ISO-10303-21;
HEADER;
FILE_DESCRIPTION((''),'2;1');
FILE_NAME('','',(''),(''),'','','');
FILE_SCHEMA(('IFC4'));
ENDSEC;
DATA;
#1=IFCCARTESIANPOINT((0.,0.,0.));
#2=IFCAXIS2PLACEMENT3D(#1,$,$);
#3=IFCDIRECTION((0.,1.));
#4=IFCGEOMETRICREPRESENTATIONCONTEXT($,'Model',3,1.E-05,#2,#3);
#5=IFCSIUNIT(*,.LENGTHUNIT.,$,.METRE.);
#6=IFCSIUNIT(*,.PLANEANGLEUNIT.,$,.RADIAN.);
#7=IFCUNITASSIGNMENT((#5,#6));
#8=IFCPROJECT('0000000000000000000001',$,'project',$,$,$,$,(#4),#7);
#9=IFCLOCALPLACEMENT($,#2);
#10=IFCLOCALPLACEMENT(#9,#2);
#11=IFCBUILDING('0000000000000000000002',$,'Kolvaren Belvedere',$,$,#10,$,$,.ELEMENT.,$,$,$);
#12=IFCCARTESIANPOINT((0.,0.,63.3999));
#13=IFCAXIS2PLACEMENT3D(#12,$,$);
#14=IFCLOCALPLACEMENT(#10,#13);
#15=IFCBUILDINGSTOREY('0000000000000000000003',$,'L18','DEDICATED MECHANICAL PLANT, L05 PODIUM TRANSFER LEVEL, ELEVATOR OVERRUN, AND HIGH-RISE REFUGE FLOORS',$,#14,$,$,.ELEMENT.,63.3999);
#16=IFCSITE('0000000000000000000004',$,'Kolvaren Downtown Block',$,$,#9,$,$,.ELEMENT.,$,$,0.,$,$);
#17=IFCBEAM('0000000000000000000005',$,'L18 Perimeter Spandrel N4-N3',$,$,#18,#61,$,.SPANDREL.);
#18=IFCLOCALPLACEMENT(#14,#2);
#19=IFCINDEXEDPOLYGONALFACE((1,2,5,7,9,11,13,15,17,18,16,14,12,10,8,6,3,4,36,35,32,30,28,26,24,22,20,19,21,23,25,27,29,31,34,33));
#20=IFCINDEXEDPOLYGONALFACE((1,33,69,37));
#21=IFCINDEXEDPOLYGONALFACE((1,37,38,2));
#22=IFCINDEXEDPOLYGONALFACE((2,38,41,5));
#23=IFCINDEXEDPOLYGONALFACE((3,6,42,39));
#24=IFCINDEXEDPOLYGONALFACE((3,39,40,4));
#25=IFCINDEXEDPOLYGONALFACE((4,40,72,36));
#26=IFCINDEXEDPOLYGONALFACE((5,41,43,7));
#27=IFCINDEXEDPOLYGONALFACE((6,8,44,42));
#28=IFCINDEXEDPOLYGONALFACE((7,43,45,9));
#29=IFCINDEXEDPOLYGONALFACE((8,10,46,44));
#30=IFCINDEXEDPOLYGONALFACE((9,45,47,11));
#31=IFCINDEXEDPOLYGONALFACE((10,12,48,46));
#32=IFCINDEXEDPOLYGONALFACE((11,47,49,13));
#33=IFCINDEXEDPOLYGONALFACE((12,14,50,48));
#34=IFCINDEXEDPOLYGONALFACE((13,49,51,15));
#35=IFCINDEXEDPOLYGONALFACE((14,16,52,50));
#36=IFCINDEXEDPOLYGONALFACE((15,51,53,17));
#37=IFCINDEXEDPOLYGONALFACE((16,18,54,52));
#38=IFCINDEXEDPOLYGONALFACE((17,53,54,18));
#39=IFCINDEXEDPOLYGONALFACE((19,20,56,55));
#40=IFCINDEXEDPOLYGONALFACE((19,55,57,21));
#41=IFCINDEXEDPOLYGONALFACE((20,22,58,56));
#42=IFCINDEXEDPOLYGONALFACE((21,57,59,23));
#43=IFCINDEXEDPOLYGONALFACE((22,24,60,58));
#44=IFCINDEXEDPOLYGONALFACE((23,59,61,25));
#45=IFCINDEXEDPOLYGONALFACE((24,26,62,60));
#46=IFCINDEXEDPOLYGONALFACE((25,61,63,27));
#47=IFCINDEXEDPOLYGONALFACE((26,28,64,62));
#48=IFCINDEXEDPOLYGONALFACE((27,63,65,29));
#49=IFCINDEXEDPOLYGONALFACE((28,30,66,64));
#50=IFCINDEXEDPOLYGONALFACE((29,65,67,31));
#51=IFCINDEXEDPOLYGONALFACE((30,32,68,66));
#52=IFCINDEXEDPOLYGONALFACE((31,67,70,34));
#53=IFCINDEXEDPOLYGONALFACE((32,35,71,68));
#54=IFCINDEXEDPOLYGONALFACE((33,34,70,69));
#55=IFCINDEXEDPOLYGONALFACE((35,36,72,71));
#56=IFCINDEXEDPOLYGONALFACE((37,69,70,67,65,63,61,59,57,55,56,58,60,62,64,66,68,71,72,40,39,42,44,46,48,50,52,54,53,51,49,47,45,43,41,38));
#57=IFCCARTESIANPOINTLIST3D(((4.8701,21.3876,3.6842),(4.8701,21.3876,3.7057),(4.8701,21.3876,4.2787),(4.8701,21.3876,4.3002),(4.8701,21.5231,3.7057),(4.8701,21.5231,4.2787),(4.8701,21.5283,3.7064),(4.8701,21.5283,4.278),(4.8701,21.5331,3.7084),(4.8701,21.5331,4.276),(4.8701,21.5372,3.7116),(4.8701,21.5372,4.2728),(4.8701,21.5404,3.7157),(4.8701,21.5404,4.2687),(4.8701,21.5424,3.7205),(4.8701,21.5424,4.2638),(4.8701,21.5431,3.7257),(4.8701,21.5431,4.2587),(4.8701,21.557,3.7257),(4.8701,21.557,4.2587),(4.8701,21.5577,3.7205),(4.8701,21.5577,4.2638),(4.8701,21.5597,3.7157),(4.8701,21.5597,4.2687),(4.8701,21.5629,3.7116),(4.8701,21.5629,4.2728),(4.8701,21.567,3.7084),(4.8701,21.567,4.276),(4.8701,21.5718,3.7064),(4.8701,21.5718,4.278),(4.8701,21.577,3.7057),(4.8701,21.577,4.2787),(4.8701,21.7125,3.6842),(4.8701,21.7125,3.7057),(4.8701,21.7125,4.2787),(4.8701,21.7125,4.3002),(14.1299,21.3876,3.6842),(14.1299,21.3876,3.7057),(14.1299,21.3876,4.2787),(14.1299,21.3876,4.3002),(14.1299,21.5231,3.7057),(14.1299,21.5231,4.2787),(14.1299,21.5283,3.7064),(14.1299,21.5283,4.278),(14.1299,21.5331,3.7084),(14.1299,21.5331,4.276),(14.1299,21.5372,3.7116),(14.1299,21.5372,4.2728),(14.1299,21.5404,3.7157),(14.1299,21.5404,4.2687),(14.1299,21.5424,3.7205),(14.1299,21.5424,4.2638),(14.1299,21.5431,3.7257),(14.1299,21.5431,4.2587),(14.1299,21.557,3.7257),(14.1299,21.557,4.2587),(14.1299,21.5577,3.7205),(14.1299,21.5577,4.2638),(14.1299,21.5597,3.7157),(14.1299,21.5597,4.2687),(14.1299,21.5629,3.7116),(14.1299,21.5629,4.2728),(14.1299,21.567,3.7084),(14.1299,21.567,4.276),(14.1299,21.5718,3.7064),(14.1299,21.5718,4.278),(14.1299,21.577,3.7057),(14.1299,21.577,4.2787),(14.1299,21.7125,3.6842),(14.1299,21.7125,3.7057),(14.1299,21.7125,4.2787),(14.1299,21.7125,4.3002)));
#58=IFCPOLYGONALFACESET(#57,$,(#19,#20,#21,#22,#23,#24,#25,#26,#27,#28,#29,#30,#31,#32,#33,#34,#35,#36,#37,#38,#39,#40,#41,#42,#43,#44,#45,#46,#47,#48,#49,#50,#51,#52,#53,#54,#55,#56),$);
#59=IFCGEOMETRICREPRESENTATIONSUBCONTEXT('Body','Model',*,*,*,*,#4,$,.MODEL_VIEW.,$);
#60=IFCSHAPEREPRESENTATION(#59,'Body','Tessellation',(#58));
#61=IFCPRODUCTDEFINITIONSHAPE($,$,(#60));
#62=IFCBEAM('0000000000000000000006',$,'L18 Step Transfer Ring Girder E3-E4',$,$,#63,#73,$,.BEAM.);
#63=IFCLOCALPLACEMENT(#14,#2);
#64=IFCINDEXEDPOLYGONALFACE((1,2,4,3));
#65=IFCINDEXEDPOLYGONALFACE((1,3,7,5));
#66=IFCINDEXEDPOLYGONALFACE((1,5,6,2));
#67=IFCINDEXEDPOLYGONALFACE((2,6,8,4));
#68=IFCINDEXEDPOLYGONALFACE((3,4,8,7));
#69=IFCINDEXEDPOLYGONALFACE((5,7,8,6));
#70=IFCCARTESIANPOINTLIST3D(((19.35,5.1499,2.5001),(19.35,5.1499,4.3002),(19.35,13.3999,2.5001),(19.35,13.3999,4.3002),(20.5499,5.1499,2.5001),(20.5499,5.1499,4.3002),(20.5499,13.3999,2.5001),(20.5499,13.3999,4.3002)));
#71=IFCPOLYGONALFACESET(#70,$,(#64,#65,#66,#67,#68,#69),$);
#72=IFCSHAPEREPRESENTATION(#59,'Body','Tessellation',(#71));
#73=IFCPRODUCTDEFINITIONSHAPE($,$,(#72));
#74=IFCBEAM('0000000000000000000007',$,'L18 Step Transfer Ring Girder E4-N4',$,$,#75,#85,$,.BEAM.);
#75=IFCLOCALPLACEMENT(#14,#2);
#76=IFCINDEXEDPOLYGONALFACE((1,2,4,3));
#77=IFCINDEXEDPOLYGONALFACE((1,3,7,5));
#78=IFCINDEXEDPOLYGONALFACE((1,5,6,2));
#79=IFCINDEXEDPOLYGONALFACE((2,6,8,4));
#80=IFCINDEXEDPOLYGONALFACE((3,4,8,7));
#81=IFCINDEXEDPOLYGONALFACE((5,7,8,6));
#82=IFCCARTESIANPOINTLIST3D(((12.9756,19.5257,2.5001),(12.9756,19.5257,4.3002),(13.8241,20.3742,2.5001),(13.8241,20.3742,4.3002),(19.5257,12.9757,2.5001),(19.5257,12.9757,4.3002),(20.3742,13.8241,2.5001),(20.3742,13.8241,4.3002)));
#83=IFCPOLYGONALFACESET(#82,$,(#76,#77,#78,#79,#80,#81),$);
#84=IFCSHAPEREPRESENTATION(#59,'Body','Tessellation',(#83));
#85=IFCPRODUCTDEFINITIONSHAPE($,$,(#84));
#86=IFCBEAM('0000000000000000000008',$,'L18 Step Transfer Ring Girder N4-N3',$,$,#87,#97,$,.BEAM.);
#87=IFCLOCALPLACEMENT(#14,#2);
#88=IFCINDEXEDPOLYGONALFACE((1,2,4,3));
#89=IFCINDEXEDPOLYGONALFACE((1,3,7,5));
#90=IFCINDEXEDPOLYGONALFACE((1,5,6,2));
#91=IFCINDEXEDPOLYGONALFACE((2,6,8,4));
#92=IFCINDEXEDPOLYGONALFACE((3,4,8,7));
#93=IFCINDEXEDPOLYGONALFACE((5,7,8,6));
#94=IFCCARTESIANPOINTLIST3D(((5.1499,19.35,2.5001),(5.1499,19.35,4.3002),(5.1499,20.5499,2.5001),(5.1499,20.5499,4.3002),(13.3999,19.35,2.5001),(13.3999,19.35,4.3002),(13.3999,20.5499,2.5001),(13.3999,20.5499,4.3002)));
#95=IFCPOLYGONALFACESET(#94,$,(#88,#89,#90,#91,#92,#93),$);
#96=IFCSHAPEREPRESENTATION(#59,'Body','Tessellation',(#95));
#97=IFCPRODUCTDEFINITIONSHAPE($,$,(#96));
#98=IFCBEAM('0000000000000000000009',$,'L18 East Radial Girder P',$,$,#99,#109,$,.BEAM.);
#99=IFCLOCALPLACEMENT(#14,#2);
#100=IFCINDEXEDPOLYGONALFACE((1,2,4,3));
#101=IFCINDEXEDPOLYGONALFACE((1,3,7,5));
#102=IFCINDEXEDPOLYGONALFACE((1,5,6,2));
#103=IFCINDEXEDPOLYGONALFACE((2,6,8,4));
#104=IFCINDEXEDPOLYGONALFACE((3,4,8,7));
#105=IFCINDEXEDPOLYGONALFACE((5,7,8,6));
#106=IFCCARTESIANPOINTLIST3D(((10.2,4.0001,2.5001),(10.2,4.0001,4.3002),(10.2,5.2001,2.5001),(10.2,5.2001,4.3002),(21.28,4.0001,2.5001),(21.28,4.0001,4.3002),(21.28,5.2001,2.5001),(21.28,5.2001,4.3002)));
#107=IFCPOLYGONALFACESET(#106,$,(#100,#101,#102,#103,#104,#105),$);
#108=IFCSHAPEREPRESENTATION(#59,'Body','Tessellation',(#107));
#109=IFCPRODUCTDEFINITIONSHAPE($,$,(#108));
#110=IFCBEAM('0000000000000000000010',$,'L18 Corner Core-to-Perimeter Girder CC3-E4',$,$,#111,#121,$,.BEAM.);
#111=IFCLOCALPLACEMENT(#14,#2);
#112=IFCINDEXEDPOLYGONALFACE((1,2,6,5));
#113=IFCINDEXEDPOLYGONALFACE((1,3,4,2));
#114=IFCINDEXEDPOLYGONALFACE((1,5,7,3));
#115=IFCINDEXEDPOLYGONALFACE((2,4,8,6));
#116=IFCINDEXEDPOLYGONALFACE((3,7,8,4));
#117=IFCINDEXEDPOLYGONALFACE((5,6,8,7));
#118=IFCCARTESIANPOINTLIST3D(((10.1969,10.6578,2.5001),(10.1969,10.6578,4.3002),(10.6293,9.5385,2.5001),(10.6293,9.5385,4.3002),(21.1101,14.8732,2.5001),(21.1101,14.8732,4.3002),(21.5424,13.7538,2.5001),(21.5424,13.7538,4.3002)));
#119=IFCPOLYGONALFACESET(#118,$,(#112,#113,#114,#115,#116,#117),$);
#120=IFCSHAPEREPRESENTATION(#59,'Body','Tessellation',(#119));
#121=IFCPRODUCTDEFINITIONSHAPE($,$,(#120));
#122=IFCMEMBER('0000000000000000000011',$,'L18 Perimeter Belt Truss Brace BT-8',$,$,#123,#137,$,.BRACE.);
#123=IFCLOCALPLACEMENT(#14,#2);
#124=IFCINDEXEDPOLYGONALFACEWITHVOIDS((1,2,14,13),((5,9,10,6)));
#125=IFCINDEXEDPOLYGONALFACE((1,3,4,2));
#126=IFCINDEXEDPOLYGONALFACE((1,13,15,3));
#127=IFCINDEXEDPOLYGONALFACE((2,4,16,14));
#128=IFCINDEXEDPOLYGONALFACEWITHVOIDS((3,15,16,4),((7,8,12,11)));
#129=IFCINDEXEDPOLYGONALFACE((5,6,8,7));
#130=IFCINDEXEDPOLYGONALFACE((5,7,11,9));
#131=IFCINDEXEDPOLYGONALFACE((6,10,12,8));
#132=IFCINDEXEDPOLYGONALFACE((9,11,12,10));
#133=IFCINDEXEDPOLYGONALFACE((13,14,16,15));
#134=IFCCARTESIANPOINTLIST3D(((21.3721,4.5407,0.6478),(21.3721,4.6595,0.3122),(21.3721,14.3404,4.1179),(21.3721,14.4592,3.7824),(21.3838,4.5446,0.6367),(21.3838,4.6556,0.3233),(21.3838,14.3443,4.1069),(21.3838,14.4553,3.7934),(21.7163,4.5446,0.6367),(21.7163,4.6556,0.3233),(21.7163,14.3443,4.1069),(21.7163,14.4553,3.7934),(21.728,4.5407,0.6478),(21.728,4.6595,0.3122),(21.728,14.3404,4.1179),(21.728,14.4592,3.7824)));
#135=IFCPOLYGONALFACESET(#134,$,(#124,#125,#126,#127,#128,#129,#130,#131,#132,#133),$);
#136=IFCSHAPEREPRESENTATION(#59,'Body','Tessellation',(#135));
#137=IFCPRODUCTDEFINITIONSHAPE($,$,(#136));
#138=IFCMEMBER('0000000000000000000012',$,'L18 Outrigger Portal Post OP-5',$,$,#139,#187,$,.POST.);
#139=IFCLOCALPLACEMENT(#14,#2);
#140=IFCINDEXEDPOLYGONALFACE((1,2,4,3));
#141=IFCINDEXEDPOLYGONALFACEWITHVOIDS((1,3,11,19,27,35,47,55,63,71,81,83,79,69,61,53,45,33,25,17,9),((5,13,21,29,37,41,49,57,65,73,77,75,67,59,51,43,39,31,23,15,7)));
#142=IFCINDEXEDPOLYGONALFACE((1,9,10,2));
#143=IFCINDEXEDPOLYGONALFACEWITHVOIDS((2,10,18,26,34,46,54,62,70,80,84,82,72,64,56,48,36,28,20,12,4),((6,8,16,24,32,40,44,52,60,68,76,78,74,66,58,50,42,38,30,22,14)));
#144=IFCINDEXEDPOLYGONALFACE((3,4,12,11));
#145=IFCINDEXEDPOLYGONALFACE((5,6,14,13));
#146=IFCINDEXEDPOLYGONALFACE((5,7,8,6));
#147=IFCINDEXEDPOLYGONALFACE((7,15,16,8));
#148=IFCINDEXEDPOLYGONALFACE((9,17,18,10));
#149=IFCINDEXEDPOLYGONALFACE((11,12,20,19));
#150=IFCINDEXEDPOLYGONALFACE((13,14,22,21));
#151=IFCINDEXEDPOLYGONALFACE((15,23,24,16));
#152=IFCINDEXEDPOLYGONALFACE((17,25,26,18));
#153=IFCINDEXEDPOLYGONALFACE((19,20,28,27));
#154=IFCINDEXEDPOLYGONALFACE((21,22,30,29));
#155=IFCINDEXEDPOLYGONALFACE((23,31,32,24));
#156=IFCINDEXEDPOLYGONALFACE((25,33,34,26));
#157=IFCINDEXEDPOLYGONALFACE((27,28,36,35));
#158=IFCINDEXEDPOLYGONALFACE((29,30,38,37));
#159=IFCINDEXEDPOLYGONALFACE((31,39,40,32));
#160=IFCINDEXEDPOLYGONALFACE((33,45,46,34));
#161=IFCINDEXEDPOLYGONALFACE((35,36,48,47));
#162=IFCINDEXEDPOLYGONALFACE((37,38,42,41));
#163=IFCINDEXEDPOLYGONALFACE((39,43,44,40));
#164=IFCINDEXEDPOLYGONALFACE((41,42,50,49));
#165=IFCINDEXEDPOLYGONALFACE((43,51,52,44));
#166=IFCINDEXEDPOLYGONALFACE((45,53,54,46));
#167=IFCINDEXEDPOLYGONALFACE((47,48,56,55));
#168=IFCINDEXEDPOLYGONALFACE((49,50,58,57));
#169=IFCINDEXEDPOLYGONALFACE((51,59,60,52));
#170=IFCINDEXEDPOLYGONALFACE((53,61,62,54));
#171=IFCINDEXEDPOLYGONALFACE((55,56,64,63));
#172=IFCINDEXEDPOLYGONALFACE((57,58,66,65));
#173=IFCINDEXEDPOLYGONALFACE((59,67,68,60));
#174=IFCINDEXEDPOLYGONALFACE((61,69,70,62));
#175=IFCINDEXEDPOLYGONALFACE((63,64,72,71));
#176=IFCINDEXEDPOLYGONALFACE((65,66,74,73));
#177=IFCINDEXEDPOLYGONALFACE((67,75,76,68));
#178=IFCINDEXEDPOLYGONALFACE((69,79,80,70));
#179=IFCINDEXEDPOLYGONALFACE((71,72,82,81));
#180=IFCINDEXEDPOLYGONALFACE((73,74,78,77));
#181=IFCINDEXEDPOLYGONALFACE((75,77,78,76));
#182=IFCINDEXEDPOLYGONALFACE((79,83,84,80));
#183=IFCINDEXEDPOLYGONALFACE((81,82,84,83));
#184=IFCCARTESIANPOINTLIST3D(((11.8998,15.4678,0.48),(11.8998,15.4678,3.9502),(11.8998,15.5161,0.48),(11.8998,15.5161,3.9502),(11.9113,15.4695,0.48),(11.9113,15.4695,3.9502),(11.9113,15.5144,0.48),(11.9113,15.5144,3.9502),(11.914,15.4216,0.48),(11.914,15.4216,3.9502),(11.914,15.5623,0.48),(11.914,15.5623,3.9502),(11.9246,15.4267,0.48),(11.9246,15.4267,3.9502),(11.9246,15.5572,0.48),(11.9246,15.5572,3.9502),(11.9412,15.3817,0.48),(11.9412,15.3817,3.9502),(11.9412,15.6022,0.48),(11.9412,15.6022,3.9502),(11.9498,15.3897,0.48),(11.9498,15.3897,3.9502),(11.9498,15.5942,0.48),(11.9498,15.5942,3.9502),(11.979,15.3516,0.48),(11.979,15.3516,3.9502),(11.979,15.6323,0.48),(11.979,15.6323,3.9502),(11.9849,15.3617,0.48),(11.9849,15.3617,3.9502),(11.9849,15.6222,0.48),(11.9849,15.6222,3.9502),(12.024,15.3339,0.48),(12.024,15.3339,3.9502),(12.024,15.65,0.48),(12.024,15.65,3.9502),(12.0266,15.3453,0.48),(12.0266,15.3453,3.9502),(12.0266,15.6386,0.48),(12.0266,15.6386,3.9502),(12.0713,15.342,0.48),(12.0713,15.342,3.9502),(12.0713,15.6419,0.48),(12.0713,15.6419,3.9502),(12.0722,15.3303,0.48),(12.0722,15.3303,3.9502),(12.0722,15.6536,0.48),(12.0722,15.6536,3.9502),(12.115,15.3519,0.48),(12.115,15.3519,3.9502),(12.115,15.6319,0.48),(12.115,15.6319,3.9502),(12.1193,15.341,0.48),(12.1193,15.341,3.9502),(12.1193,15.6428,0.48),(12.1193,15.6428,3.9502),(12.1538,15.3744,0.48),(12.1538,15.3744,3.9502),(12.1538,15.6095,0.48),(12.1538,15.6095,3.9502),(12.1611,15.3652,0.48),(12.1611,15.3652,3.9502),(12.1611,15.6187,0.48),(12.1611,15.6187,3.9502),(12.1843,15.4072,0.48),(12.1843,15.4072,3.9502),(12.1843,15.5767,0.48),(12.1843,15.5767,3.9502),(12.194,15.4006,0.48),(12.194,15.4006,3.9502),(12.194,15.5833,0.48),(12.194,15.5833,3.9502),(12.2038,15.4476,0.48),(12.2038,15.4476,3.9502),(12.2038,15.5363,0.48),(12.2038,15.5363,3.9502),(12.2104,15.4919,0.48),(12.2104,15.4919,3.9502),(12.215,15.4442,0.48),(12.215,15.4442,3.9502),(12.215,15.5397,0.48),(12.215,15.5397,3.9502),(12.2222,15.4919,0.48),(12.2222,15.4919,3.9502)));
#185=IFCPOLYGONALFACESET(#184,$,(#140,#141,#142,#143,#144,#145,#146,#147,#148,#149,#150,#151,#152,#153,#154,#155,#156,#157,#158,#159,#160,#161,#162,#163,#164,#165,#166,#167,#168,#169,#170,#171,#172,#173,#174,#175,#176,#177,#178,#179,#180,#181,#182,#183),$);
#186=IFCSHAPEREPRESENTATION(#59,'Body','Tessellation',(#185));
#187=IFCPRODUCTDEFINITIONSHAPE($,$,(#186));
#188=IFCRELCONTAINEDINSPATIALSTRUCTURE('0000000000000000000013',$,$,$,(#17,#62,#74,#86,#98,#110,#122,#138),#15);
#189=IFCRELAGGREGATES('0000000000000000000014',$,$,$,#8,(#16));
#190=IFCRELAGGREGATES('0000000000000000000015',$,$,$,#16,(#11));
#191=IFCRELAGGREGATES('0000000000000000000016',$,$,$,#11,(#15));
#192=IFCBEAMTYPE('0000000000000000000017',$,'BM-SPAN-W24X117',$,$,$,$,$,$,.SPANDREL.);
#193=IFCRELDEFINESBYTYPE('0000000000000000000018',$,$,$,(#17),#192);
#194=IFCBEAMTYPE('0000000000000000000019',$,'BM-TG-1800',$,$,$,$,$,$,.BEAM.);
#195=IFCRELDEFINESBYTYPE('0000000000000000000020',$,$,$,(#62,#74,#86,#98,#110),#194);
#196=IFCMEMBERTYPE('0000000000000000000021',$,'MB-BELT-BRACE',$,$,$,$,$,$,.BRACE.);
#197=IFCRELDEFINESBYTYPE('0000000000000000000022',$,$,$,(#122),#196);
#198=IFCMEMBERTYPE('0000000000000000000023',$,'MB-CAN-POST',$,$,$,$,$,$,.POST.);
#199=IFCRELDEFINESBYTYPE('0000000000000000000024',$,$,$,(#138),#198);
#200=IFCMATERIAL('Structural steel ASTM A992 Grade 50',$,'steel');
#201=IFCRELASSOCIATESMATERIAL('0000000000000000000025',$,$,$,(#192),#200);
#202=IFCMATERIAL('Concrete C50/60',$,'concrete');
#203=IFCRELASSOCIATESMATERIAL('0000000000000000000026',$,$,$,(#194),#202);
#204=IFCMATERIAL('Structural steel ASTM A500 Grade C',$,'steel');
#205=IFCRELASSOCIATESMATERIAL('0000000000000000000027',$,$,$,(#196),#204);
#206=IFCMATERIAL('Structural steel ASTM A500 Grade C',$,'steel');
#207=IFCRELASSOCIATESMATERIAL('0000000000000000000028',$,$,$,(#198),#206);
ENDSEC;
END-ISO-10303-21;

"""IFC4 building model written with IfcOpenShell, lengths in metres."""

from ifc_helpers import new_model, si_unit, direction, frame, origin, origin_2d, place, context, subcontext, project, spatial, rectangle, hollow_rectangle, hollow_circle, i_section, extrude, material, material_profile, profile_set, type_object, element, save


model = new_model("IFC4")

# Units and contexts
model_context = context("Model", 3, precision=1e-05, world=origin(), true_north=direction((0.0, 1.0)))
body_context = subcontext(model_context, "Body", "Model", "MODEL_VIEW")
ifc_project = project(units=[si_unit("LENGTHUNIT", "METRE"), si_unit("PLANEANGLEUNIT", "RADIAN")], contexts=[model_context])

# Site, building, storey
site_placement = place(None, origin())
site = spatial("IfcSite", under=ifc_project, at=site_placement, Name="Kolvaren Downtown Block", CompositionType="ELEMENT", RefElevation=0.0)
building_placement = place(site_placement, origin())
building = spatial("IfcBuilding", under=site, at=building_placement, Name="Kolvaren Belvedere", CompositionType="ELEMENT")
storey_placement = place(building_placement, frame((0.0, 0.0, 63.3999)))
storey = spatial("IfcBuildingStorey", under=building, at=storey_placement, Name="L18", Description="DEDICATED MECHANICAL PLANT, L05 PODIUM TRANSFER LEVEL, ELEVATOR OVERRUN, AND HIGH-RISE REFUGE FLOORS", CompositionType="ELEMENT", Elevation=63.3999)

# Beams
ifc_material_1 = material(Name="Structural steel ASTM A992 Grade 50", Category="steel")
ifc_material_profile_1 = material_profile(ifc_material_1, i_section(OverallWidth=0.325, OverallDepth=0.616, WebThickness=0.0139, FlangeThickness=0.0215, FilletRadius=0.02, at=origin_2d()), Name="W24X117")
ifc_profile_set_1 = profile_set([ifc_material_profile_1], Name="Structural steel ASTM A992 Grade 50")
beam_type_1 = type_object("IfcBeamType", Name="BM-SPAN-W24X117", PredefinedType="SPANDREL", material=ifc_profile_set_1)
beam_1_placement = place(storey_placement, frame((14.1299, 21.55, 3.9922), z_axis=(-1.0, 0.0, 0.0), x_axis=(0.0, -1.0, 0.0)))
element("IfcBeam", 1, at=beam_1_placement, inside=storey, type_object=beam_type_1, Name="L18 Perimeter Spandrel N4-N3", PredefinedType="SPANDREL", context=body_context, shape_type="SweptSolid", body=[
    extrude(i_section(OverallWidth=0.325, OverallDepth=0.616, WebThickness=0.0139, FlangeThickness=0.0215, FilletRadius=0.02, at=origin_2d()), origin(), (0.0, 0.0, 1.0), 9.2598),
])
ifc_material_2 = material(Name="Concrete C50/60", Category="concrete")
ifc_material_profile_2 = material_profile(ifc_material_2, rectangle(XDim=1.2, YDim=1.8, at=origin_2d()), Name="RC 1200X1800")
ifc_profile_set_2 = profile_set([ifc_material_profile_2], Name="Concrete C50/60")
beam_type_2 = type_object("IfcBeamType", Name="BM-TG-1800", PredefinedType="BEAM", material=ifc_profile_set_2)
beam_2_placement = place(storey_placement, frame((19.95, 5.1499, 3.4001), z_axis=(0.0, 1.0, 0.0), x_axis=(-1.0, 0.0, 0.0)))
element("IfcBeam", 2, at=beam_2_placement, inside=storey, type_object=beam_type_2, Name="L18 Step Transfer Ring Girder E3-E4", PredefinedType="BEAM", context=body_context, shape_type="SweptSolid", body=[
    extrude(rectangle(XDim=1.2, YDim=1.8, at=origin_2d()), origin(), (0.0, 0.0, 1.0), 8.25),
])
beam_3_placement = place(storey_placement, frame((19.95, 13.3999, 3.4001), z_axis=(-0.707107, 0.707107, 0.0), x_axis=(-0.707107, -0.707107, 0.0)))
element("IfcBeam", 3, at=beam_3_placement, inside=storey, type_object=beam_type_2, Name="L18 Step Transfer Ring Girder E4-N4", PredefinedType="BEAM", context=body_context, shape_type="SweptSolid", body=[
    extrude(rectangle(XDim=1.2, YDim=1.8, at=origin_2d()), origin(), (0.0, 0.0, 1.0), 9.2632),
])
beam_4_placement = place(storey_placement, frame((13.3999, 19.95, 3.4001), z_axis=(-1.0, 0.0, 0.0), x_axis=(0.0, -1.0, 0.0)))
element("IfcBeam", 4, at=beam_4_placement, inside=storey, type_object=beam_type_2, Name="L18 Step Transfer Ring Girder N4-N3", PredefinedType="BEAM", context=body_context, shape_type="SweptSolid", body=[
    extrude(rectangle(XDim=1.2, YDim=1.8, at=origin_2d()), origin(), (0.0, 0.0, 1.0), 8.25),
])
beam_5_placement = place(storey_placement, frame((10.2, 4.6001, 3.4001), z_axis=(1.0, 0.0, 0.0), x_axis=(0.0, 1.0, 0.0)))
element("IfcBeam", 5, at=beam_5_placement, inside=storey, type_object=beam_type_2, Name="L18 East Radial Girder P", PredefinedType="BEAM", context=body_context, shape_type="SweptSolid", body=[
    extrude(rectangle(XDim=1.2, YDim=1.8, at=origin_2d()), origin(), (0.0, 0.0, 1.0), 11.0801),
])
beam_6_placement = place(storey_placement, frame((10.4131, 10.0981, 3.4001), z_axis=(0.932829, 0.360318, 0.0), x_axis=(-0.360318, 0.932829, 0.0)))
element("IfcBeam", 6, at=beam_6_placement, inside=storey, type_object=beam_type_2, Name="L18 Corner Core-to-Perimeter Girder CC3-E4", PredefinedType="BEAM", context=body_context, shape_type="SweptSolid", body=[
    extrude(rectangle(XDim=1.2, YDim=1.8, at=origin_2d()), origin(), (0.0, 0.0, 1.0), 11.699),
])

# Members
ifc_material_3 = material(Name="Structural steel ASTM A500 Grade C", Category="steel")
ifc_material_profile_3 = material_profile(ifc_material_3, hollow_rectangle(XDim=0.356, YDim=0.356, WallThickness=0.0117, at=origin_2d()), Name="HSS14X14X1/2")
ifc_profile_set_3 = profile_set([ifc_material_profile_3], Name="Structural steel ASTM A500 Grade C")
member_type_1 = type_object("IfcMemberType", Name="MB-BELT-BRACE", PredefinedType="BRACE", material=ifc_profile_set_3)
member_1_placement = place(storey_placement, frame((21.55, 4.6001, 0.48), z_axis=(0.0, 0.942644, 0.3338), x_axis=(-1.0, 0.0, 0.0)))
element("IfcMember", 7, at=member_1_placement, inside=storey, type_object=member_type_1, Name="L18 Perimeter Belt Truss Brace BT-8", PredefinedType="BRACE", context=body_context, shape_type="SweptSolid", body=[
    extrude(hollow_rectangle(XDim=0.356, YDim=0.356, WallThickness=0.0117, at=origin_2d()), origin(), (0.0, 0.0, 1.0), 10.396),
])
ifc_material_4 = material(Name="Structural steel ASTM A500 Grade C", Category="steel")
ifc_material_profile_4 = material_profile(ifc_material_4, hollow_circle(Radius=0.1621, WallThickness=0.0117, at=origin_2d()), Name="HSS12.750X0.500")
ifc_profile_set_4 = profile_set([ifc_material_profile_4], Name="Structural steel ASTM A500 Grade C")
member_type_2 = type_object("IfcMemberType", Name="MB-CAN-POST", PredefinedType="POST", material=ifc_profile_set_4)
for number, where, z_axis, x_axis, name in (
    (8, (12.0601, 15.4919, 0.48), (0.0, 0.0, 1.0), (1.0, 0.0, 0.0), "L18 Outrigger Portal Post OP-5"),
):
    element("IfcMember", number, at=place(storey_placement, frame(where, z_axis=z_axis, x_axis=x_axis)), inside=storey, type_object=member_type_2, Name=name, PredefinedType="POST", context=body_context, shape_type="SweptSolid", body=[
        extrude(hollow_circle(Radius=0.1621, WallThickness=0.0117, at=origin_2d()), origin(), (0.0, 0.0, 1.0), 3.4702),
    ])

save(model, "model.ifc")
